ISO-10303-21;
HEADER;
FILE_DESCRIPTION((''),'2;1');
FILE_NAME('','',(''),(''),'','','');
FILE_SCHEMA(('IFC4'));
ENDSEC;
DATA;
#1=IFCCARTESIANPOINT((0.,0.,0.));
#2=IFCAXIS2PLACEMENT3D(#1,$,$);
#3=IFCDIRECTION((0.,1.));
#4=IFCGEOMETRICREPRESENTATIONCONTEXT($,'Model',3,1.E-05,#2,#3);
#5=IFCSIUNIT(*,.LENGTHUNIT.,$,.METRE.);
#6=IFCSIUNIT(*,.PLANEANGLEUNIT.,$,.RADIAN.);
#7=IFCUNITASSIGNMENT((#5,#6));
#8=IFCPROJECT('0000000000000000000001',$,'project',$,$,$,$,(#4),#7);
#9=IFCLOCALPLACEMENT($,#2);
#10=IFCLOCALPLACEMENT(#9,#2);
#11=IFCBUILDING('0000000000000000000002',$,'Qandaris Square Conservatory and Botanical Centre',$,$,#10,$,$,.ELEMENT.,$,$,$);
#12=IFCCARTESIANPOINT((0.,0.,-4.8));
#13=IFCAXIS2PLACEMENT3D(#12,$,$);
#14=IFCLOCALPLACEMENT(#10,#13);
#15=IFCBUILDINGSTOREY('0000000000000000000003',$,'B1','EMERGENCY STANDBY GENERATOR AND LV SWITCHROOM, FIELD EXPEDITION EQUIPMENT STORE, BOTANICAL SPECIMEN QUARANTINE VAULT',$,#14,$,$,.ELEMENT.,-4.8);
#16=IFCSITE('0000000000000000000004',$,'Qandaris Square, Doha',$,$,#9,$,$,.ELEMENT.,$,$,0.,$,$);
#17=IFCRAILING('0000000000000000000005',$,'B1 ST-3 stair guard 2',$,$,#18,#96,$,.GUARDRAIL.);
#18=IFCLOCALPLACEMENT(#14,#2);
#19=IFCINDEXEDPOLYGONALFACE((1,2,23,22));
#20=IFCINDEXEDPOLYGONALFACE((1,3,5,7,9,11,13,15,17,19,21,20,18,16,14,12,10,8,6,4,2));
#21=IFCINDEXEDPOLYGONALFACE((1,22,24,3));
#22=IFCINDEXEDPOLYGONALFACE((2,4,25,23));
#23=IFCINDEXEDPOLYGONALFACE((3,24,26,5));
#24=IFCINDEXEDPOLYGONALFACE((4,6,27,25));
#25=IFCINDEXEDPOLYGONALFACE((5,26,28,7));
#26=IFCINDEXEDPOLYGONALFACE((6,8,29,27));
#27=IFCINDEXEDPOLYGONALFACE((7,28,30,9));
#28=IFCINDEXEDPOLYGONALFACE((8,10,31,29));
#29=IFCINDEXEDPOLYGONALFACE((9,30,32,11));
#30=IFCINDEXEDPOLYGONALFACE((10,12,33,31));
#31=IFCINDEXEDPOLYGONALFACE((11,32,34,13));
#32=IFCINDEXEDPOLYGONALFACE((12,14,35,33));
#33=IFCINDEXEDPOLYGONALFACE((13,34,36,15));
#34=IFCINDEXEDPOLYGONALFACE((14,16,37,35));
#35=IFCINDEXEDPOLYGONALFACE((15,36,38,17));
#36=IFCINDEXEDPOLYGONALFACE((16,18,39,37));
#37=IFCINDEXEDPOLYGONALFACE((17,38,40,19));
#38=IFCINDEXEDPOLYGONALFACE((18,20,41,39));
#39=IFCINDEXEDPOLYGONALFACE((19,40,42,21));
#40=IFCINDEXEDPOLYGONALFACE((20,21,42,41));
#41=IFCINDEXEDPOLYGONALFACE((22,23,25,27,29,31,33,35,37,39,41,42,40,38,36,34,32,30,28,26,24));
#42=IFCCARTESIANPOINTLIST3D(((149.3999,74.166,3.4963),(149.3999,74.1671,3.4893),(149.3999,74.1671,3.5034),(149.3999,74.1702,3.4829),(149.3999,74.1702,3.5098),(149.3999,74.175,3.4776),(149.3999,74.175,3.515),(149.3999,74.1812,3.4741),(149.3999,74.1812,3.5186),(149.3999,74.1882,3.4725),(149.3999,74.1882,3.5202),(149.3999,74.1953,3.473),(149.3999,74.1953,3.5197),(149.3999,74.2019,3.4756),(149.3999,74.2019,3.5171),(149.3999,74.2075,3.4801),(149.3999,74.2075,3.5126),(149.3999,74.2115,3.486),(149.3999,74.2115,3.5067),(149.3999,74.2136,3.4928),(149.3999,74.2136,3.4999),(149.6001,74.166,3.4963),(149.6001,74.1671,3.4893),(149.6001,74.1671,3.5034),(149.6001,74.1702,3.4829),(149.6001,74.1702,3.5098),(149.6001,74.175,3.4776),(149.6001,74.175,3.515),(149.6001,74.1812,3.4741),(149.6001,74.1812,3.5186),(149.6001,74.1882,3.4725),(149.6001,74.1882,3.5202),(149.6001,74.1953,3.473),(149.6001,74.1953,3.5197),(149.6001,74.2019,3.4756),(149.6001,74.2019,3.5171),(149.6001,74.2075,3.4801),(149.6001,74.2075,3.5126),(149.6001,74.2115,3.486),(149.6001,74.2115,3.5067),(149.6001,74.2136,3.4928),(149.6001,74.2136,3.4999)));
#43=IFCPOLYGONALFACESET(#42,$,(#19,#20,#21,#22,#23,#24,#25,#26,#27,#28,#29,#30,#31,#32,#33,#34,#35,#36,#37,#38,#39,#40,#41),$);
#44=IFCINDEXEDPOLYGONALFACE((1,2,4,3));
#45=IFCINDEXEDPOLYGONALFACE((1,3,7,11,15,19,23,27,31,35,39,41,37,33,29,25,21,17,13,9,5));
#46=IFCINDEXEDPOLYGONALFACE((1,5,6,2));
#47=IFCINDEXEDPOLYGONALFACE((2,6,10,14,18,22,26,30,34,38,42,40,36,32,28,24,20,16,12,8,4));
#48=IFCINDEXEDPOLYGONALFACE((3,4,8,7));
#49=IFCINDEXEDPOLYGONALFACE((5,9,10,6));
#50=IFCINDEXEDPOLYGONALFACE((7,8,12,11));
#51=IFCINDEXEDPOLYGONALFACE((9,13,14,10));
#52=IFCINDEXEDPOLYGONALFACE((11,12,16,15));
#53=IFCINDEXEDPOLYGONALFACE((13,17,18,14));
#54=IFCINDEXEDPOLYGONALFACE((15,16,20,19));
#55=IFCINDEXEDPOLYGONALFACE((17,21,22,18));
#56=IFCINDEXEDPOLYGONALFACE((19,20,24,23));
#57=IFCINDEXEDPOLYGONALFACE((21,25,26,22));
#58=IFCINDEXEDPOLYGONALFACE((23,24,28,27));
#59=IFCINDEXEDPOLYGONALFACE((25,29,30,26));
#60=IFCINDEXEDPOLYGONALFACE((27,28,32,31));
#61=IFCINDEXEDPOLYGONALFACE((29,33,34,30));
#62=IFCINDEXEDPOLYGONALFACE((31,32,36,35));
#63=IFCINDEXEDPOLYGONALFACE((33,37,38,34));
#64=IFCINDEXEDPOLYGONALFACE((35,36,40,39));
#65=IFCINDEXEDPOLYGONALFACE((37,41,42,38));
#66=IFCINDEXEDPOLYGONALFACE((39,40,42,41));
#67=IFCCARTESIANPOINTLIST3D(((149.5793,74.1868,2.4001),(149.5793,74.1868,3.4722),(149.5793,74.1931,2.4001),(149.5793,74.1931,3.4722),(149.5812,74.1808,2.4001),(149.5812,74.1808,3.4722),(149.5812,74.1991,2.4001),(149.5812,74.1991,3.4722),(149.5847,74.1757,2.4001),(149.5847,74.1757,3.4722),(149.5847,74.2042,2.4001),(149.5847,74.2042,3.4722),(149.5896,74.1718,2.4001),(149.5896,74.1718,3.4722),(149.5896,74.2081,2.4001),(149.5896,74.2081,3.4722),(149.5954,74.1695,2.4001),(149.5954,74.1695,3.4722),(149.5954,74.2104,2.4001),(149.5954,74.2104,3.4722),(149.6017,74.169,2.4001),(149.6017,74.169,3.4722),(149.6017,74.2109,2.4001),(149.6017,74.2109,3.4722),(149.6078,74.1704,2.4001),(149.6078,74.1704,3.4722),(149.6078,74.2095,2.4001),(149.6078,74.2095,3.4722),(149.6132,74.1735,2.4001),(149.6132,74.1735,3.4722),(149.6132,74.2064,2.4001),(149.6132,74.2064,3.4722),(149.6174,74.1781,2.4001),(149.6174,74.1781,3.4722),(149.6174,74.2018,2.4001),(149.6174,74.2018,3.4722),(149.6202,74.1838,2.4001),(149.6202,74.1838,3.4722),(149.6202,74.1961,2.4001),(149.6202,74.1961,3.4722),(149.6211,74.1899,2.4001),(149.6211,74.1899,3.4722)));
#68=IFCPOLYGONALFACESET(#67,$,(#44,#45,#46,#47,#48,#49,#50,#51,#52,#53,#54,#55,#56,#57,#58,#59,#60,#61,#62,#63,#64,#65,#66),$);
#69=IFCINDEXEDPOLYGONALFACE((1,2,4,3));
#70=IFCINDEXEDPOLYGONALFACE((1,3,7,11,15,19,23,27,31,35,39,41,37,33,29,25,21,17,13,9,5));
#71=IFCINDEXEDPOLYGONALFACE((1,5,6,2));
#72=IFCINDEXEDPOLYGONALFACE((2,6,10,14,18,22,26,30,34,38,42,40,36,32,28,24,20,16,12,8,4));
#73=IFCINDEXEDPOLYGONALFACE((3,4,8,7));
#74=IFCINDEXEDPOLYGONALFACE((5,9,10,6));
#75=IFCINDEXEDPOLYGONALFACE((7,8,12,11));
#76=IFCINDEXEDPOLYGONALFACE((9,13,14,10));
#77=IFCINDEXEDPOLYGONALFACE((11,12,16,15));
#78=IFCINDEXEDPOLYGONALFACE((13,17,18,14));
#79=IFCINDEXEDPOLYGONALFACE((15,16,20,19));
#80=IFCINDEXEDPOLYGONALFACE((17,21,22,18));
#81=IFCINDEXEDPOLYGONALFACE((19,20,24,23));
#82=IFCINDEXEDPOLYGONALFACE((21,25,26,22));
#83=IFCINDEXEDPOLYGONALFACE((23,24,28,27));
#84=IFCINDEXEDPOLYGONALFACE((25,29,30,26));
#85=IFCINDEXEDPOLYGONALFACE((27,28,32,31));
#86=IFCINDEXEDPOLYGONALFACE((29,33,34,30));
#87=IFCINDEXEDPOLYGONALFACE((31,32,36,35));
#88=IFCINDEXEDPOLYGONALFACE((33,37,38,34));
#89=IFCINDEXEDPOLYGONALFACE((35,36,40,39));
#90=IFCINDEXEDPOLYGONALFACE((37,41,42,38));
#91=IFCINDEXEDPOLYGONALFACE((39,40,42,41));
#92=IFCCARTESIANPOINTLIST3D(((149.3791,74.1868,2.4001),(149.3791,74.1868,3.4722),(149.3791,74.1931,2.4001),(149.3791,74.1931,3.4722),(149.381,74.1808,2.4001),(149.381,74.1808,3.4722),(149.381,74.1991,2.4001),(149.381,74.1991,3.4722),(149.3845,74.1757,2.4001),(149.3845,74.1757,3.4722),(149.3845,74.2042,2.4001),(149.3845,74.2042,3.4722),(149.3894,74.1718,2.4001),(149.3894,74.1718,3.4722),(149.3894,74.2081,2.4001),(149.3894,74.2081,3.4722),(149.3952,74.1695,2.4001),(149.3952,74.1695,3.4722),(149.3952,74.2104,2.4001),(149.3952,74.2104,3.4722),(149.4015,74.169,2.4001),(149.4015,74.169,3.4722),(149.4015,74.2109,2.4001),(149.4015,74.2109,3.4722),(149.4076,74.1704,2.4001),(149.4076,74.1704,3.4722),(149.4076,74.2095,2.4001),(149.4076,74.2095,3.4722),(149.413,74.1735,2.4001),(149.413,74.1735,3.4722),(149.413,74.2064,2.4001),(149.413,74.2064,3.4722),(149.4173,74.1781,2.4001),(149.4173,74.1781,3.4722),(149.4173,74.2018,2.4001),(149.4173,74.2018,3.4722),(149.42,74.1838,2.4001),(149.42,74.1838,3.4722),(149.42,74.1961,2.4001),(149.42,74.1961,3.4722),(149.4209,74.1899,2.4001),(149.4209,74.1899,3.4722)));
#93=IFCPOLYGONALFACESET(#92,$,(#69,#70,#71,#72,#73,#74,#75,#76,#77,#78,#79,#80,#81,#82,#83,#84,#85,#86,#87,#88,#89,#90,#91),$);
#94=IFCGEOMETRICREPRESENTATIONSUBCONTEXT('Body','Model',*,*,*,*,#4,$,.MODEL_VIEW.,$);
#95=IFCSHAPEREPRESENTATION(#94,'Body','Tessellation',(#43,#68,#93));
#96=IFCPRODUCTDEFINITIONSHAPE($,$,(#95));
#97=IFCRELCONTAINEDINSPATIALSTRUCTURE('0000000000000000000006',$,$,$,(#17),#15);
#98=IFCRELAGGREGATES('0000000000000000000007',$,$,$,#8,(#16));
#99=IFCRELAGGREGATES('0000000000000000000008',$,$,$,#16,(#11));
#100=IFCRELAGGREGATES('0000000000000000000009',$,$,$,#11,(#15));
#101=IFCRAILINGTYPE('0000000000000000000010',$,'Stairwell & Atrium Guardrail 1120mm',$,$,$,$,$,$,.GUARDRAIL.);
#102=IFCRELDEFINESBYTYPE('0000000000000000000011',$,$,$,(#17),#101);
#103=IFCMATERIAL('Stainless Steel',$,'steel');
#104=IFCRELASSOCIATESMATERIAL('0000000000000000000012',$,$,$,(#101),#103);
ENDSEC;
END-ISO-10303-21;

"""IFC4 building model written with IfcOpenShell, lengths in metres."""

from ifc_helpers import new_model, si_unit, direction, frame, origin, origin_2d, place, context, subcontext, project, spatial, circle, extrude, material, type_object, element, save


model = new_model("IFC4")

# Units and contexts
model_context = context("Model", 3, precision=1e-05, world=origin(), true_north=direction((0.0, 1.0)))
body_context = subcontext(model_context, "Body", "Model", "MODEL_VIEW")
ifc_project = project(units=[si_unit("LENGTHUNIT", "METRE"), si_unit("PLANEANGLEUNIT", "RADIAN")], contexts=[model_context])

# Site, building, storey
site_placement = place(None, origin())
site = spatial("IfcSite", under=ifc_project, at=site_placement, Name="Qandaris Square, Doha", CompositionType="ELEMENT", RefElevation=0.0)
building_placement = place(site_placement, origin())
building = spatial("IfcBuilding", under=site, at=building_placement, Name="Qandaris Square Conservatory and Botanical Centre", CompositionType="ELEMENT")
storey_placement = place(building_placement, frame((0.0, 0.0, -4.8)))
storey = spatial("IfcBuildingStorey", under=building, at=storey_placement, Name="B1", Description="EMERGENCY STANDBY GENERATOR AND LV SWITCHROOM, FIELD EXPEDITION EQUIPMENT STORE, BOTANICAL SPECIMEN QUARANTINE VAULT", CompositionType="ELEMENT", Elevation=-4.8)

# Railing
ifc_material_1 = material(Name="Stainless Steel", Category="steel")
railing_type_1 = type_object("IfcRailingType", Name="Stairwell & Atrium Guardrail 1120mm", PredefinedType="GUARDRAIL", material=ifc_material_1)
railing_1_placement = place(storey_placement, frame((149.6001, 74.1899, 2.4001)))
element("IfcRailing", 1, at=railing_1_placement, inside=storey, type_object=railing_type_1, Name="B1 ST-3 stair guard 2", PredefinedType="GUARDRAIL", context=body_context, shape_type="SweptSolid", body=[
    extrude(circle(Radius=0.0239, at=origin_2d()), frame((0.0, 0.0, 1.0962), z_axis=(-1.0, 0.0, 0.0), x_axis=(0.0, -1.0, 0.0)), (0.0, 0.0, 1.0), 0.2002),
    extrude(circle(Radius=0.021, at=origin_2d()), origin(), (0.0, 0.0, 1.0), 1.072),
    extrude(circle(Radius=0.021, at=origin_2d()), frame((-0.2002, 0.0, 0.0)), (0.0, 0.0, 1.0), 1.072),
])

save(model, "model.ifc")
